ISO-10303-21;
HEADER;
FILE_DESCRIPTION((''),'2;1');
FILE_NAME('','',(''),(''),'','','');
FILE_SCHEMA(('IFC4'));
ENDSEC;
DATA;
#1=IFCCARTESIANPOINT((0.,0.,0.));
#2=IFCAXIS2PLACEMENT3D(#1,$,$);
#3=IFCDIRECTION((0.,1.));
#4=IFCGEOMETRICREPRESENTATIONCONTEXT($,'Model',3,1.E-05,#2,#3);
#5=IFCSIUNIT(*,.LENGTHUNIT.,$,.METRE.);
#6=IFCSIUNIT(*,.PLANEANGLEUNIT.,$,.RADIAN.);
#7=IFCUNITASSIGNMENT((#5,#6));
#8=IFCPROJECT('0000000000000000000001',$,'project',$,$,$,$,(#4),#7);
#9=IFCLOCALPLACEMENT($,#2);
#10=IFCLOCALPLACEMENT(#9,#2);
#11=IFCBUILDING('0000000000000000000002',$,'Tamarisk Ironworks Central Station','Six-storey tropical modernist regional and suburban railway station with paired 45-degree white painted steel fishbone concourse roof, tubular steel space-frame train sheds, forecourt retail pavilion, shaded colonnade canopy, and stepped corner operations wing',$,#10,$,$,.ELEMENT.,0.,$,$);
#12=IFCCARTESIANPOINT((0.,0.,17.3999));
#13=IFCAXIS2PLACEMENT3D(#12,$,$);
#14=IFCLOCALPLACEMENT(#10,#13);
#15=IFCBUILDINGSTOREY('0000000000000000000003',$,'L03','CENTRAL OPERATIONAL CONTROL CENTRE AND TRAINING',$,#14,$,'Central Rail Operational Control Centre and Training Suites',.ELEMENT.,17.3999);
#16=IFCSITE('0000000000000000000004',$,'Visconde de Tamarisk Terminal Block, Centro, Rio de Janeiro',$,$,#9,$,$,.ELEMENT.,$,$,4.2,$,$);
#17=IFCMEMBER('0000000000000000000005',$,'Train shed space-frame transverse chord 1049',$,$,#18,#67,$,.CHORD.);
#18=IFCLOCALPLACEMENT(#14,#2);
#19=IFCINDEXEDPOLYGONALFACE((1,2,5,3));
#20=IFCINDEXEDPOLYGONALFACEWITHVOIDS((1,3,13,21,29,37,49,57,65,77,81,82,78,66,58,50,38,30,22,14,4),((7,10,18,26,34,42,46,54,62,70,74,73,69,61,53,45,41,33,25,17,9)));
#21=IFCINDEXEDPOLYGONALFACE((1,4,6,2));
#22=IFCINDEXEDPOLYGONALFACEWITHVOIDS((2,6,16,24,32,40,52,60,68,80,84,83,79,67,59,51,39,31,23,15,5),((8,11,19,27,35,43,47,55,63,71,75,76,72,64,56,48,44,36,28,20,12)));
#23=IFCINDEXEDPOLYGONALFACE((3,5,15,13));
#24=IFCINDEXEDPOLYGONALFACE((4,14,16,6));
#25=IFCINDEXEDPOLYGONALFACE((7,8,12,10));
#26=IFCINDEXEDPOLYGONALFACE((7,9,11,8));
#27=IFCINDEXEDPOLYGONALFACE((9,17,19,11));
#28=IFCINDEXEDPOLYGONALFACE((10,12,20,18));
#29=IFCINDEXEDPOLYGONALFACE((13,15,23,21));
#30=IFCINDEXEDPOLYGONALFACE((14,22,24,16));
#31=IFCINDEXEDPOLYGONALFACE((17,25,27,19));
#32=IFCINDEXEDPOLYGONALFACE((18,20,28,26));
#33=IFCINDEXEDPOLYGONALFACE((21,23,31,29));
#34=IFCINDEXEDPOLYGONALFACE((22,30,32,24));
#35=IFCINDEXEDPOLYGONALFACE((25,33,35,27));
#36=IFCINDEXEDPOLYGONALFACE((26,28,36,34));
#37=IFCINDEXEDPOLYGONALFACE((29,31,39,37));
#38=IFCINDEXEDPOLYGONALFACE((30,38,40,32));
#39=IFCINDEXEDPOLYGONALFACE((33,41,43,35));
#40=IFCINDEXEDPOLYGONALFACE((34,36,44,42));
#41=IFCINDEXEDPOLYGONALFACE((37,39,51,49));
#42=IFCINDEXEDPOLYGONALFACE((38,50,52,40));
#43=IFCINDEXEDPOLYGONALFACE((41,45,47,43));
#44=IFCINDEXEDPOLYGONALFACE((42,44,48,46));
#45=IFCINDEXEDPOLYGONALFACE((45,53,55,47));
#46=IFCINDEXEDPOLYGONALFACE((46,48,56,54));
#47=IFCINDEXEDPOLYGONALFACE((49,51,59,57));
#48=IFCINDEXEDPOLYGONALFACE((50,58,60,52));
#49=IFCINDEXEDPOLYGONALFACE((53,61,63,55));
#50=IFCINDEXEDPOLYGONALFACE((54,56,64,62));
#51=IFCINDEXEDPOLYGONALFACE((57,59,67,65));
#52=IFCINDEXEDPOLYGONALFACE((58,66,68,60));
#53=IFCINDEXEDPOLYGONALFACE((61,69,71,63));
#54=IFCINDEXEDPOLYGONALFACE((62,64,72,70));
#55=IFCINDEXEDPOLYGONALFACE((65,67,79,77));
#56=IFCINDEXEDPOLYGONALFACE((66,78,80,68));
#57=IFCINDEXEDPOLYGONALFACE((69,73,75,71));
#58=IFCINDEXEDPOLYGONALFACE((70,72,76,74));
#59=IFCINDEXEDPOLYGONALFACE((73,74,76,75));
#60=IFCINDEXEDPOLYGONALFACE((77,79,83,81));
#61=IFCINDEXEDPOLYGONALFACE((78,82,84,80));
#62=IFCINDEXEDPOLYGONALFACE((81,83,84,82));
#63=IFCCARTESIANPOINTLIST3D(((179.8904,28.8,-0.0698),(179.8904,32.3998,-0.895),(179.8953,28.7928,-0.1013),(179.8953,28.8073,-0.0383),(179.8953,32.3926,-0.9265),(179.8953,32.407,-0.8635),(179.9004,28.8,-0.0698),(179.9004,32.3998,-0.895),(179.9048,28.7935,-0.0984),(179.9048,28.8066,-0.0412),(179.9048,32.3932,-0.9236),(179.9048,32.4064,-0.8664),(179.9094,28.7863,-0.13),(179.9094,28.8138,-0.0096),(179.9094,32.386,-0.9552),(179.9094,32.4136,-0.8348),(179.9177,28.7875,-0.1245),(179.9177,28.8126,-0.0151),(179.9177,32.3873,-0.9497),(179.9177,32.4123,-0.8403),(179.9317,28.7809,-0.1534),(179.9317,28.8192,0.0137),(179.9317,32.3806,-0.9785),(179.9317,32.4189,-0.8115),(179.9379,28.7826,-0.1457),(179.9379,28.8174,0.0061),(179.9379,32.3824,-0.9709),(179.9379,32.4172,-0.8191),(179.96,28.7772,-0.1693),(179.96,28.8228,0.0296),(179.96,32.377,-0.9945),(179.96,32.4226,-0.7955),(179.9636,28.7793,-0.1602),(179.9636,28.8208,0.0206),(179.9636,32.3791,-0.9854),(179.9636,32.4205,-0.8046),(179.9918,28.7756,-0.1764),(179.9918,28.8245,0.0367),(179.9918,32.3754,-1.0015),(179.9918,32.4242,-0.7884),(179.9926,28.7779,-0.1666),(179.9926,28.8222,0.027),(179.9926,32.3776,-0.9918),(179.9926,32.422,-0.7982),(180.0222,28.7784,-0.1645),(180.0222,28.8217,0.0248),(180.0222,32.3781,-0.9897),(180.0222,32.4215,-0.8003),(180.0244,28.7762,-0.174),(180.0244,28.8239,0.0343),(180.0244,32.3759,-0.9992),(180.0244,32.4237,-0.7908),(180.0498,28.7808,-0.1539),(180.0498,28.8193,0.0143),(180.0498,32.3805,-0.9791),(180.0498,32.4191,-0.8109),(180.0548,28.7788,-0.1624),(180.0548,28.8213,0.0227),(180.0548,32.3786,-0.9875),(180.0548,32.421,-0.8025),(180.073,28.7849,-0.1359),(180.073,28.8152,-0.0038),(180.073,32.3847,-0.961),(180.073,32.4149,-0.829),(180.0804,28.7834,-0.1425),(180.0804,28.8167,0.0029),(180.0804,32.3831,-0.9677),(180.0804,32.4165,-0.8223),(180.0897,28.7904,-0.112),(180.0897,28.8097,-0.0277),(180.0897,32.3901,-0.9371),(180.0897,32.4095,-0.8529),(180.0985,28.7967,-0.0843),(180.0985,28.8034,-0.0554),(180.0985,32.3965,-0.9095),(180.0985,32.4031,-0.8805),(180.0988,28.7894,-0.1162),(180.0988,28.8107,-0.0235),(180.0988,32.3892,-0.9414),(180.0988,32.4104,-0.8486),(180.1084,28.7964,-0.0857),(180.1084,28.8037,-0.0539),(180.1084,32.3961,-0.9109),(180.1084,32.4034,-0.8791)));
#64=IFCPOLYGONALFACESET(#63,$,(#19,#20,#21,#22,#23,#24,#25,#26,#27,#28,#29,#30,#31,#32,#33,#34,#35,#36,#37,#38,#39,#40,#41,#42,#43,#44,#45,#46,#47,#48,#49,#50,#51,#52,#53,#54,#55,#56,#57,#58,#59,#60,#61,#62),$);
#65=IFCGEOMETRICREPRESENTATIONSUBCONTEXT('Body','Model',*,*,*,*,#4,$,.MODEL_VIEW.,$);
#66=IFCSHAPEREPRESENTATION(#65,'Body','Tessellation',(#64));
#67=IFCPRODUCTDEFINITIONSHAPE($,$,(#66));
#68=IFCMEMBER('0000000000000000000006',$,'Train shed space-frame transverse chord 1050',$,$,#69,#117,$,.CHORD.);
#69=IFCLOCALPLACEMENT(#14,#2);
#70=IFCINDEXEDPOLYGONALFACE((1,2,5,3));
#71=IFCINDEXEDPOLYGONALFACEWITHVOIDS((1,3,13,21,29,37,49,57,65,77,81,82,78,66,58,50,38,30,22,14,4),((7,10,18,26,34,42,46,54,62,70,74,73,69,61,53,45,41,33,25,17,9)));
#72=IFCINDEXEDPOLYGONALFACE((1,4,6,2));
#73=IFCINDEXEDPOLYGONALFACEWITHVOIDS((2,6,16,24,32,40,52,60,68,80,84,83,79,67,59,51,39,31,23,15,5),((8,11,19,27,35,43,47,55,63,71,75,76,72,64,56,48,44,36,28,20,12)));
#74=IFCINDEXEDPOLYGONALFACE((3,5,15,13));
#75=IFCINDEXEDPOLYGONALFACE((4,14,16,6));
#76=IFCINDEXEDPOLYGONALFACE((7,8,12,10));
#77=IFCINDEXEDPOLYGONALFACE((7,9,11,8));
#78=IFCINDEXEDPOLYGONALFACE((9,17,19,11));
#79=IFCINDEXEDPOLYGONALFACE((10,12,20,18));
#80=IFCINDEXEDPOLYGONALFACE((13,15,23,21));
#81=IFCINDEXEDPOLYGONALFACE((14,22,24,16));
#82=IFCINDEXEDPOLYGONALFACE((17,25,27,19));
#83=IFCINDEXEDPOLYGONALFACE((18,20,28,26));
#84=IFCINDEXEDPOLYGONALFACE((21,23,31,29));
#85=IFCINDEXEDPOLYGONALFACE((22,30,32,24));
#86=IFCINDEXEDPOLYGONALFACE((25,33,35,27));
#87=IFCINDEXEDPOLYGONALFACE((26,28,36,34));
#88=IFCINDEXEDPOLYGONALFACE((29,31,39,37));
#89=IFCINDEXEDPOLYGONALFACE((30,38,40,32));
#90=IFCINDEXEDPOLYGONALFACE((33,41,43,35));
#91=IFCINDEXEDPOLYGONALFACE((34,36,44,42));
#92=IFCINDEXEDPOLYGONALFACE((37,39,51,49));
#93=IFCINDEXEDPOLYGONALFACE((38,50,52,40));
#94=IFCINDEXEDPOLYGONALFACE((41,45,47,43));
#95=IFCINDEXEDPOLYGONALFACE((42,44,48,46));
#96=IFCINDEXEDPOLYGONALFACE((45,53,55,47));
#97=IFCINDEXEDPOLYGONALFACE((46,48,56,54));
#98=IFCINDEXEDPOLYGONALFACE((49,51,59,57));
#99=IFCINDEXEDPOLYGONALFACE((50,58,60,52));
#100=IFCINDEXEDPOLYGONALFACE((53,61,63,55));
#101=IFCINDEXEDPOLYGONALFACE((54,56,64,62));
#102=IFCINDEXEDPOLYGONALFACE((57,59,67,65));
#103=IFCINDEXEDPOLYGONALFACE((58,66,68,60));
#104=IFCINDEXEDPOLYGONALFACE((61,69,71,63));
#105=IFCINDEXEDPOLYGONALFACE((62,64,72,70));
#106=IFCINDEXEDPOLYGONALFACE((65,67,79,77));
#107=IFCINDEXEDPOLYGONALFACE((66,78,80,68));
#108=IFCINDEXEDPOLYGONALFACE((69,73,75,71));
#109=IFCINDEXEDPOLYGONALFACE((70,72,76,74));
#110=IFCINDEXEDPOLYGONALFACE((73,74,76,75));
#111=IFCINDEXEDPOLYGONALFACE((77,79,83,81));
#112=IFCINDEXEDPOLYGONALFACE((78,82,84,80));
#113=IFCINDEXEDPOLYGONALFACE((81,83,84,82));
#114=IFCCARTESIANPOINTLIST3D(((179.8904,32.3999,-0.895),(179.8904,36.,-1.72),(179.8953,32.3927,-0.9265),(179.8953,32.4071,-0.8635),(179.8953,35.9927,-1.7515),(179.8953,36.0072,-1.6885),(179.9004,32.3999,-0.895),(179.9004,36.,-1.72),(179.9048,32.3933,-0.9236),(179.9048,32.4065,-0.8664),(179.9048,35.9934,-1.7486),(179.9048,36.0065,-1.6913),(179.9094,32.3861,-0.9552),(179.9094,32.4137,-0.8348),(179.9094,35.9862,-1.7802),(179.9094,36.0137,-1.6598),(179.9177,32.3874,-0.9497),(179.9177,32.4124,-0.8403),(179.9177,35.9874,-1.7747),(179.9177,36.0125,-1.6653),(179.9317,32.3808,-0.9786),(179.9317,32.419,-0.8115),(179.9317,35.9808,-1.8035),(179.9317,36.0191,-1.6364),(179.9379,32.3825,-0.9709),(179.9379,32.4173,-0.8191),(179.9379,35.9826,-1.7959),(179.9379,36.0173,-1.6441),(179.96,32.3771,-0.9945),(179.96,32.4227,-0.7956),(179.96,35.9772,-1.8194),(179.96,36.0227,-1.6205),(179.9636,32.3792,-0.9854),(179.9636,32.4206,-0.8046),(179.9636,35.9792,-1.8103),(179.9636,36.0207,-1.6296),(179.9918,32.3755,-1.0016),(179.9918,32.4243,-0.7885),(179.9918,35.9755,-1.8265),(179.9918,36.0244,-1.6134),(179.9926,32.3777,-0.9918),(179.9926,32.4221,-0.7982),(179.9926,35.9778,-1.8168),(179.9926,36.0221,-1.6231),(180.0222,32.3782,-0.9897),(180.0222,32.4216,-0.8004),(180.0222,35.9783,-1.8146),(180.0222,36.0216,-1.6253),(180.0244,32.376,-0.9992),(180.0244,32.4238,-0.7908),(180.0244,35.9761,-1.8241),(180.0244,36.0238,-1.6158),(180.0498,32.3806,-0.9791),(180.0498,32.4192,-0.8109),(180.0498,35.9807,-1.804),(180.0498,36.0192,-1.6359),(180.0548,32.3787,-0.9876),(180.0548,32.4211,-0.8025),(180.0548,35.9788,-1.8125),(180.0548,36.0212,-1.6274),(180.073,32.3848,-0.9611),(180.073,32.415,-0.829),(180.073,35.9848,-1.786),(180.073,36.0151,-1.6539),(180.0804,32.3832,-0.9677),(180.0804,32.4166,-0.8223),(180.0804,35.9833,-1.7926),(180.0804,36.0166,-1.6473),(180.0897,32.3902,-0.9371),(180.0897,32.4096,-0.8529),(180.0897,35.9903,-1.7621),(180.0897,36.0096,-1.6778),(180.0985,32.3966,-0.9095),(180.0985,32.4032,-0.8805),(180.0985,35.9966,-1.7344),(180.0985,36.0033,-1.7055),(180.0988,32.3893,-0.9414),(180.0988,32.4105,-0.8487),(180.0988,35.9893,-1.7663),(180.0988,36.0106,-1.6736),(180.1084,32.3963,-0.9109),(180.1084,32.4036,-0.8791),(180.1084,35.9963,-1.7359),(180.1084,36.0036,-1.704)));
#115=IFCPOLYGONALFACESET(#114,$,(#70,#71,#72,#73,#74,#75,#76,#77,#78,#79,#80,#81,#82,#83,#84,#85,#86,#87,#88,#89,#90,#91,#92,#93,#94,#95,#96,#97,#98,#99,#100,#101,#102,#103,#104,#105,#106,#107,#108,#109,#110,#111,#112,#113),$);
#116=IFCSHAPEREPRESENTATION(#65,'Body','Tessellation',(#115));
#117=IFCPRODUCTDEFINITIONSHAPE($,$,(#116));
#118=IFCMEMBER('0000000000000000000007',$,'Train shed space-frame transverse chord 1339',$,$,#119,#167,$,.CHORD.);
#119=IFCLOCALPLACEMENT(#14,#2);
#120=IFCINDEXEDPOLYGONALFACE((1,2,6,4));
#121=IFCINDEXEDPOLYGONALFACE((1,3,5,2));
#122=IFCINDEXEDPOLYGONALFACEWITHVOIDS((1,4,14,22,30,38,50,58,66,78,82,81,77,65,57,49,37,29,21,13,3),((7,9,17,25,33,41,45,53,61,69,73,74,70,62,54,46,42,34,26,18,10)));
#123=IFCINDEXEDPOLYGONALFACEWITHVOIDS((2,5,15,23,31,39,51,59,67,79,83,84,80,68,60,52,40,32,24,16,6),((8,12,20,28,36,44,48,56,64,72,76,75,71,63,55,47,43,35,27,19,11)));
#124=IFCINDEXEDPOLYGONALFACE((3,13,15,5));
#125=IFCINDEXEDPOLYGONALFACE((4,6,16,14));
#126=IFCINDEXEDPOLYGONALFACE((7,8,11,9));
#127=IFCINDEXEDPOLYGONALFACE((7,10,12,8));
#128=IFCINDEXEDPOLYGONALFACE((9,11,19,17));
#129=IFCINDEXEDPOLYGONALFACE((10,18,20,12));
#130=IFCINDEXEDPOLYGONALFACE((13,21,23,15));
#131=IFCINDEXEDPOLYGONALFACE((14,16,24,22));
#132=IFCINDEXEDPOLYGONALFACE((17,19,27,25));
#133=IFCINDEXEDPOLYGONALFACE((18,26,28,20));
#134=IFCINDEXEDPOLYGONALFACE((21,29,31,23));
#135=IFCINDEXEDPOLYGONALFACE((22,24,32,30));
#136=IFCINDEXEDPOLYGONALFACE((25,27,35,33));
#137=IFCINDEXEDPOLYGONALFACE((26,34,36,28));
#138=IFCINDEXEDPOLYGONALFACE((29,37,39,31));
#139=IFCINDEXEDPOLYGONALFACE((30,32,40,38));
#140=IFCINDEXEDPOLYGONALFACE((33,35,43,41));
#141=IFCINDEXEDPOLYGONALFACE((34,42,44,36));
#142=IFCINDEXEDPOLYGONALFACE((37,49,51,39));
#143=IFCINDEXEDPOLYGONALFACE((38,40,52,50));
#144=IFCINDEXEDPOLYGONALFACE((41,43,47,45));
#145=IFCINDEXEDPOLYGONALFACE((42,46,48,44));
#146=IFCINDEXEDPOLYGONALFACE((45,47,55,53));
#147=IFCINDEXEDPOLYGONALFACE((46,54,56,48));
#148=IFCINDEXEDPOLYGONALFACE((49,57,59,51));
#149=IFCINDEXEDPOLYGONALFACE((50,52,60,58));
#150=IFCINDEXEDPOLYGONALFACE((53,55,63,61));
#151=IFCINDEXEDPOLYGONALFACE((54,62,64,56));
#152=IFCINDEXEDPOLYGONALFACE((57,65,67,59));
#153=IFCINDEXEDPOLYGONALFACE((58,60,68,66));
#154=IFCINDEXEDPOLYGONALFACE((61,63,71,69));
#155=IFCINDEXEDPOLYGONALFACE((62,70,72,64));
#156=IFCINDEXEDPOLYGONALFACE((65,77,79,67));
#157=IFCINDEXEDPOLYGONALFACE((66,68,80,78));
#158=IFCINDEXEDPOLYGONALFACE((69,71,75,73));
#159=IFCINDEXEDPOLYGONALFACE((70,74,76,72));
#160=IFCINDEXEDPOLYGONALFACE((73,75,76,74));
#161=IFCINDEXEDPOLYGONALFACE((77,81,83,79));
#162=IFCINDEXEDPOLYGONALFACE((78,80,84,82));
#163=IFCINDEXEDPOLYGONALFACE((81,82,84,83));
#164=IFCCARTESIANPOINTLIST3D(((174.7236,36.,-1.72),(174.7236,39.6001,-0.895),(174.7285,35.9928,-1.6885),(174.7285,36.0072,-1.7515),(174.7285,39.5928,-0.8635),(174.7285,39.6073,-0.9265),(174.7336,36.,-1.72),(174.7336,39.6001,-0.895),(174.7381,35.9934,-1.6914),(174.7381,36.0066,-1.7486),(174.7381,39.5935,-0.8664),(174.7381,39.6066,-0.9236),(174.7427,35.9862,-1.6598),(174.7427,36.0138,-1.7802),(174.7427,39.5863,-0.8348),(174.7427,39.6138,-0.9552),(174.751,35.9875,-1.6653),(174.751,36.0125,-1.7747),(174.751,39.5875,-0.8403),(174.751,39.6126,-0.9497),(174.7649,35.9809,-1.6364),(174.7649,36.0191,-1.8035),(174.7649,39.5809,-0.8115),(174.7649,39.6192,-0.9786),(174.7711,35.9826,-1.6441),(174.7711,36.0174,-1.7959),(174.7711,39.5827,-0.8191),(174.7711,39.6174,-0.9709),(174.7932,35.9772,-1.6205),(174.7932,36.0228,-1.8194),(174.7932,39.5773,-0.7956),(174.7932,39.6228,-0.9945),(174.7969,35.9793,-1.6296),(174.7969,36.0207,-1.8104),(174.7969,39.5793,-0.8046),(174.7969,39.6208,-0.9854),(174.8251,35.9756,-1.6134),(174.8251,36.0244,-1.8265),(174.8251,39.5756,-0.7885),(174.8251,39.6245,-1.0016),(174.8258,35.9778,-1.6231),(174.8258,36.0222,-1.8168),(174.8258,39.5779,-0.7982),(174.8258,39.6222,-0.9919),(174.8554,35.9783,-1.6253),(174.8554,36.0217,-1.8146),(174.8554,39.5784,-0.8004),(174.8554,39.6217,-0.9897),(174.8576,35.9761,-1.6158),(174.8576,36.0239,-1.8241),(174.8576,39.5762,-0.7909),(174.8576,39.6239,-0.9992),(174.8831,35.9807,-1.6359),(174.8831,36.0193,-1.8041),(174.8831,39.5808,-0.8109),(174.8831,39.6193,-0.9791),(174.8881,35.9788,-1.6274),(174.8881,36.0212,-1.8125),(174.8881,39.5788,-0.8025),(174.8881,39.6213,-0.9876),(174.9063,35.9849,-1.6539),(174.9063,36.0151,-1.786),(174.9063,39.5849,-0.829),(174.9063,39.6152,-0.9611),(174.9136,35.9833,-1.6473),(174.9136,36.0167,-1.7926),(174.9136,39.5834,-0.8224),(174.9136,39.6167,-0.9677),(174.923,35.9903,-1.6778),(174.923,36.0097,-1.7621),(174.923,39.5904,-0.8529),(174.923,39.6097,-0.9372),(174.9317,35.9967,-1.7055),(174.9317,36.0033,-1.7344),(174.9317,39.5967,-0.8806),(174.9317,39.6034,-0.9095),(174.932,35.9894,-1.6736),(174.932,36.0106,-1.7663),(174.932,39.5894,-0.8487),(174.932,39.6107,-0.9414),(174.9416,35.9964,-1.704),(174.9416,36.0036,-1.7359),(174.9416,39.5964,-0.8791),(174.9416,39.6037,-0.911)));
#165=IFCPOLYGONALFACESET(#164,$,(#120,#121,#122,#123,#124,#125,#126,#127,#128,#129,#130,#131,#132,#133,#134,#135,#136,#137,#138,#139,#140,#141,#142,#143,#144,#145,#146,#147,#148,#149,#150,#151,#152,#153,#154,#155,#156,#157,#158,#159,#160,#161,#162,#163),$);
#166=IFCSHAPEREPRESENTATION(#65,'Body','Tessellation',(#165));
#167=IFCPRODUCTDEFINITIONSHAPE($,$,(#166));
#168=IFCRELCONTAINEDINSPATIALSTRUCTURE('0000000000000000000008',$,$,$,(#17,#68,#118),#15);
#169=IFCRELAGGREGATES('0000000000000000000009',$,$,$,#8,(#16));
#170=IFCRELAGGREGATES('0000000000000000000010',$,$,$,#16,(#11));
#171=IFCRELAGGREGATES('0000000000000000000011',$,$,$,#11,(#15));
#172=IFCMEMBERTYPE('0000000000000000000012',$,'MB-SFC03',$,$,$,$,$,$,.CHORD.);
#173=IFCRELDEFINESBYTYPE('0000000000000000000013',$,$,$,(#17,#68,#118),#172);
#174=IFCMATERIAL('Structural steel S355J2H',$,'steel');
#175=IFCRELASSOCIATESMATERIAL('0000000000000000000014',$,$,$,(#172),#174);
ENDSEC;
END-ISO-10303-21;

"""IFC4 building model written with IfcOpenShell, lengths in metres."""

from ifc_helpers import new_model, si_unit, direction, frame, origin, origin_2d, place, context, subcontext, project, spatial, hollow_circle, extrude, material, material_profile, profile_set, type_object, element, save


model = new_model("IFC4")

# Units and contexts
model_context = context("Model", 3, precision=1e-05, world=origin(), true_north=direction((0.0, 1.0)))
body_context = subcontext(model_context, "Body", "Model", "MODEL_VIEW")
ifc_project = project(units=[si_unit("LENGTHUNIT", "METRE"), si_unit("PLANEANGLEUNIT", "RADIAN")], contexts=[model_context])

# Site, building, storey
site_placement = place(None, origin())
site = spatial("IfcSite", under=ifc_project, at=site_placement, Name="Visconde de Tamarisk Terminal Block, Centro, Rio de Janeiro", CompositionType="ELEMENT", RefElevation=4.2)
building_placement = place(site_placement, origin())
building = spatial("IfcBuilding", under=site, at=building_placement, Name="Tamarisk Ironworks Central Station", Description="Six-storey tropical modernist regional and suburban railway station with paired 45-degree white painted steel fishbone concourse roof, tubular steel space-frame train sheds, forecourt retail pavilion, shaded colonnade canopy, and stepped corner operations wing", CompositionType="ELEMENT", ElevationOfRefHeight=0.0)
storey_placement = place(building_placement, frame((0.0, 0.0, 17.3999)))
storey = spatial("IfcBuildingStorey", under=building, at=storey_placement, Name="L03", Description="CENTRAL OPERATIONAL CONTROL CENTRE AND TRAINING", LongName="Central Rail Operational Control Centre and Training Suites", CompositionType="ELEMENT", Elevation=17.3999)

# Members
ifc_material_1 = material(Name="Structural steel S355J2H", Category="steel")
ifc_material_profile_1 = material_profile(ifc_material_1, hollow_circle(Radius=0.1096, WallThickness=0.01, at=origin_2d()), Name="CHS 219.1x10")
ifc_profile_set_1 = profile_set([ifc_material_profile_1], Name="Structural steel S355J2H")
member_type_1 = type_object("IfcMemberType", Name="MB-SFC03", PredefinedType="CHORD", material=ifc_profile_set_1)
member_1_placement = place(storey_placement, frame((180.0, 28.8, -0.0698), z_axis=(0.0, 0.974719, -0.223435), x_axis=(-1.0, 0.0, 0.0)))
element("IfcMember", 1, at=member_1_placement, inside=storey, type_object=member_type_1, Name="Train shed space-frame transverse chord 1049", PredefinedType="CHORD", context=body_context, shape_type="SweptSolid", body=[
    extrude(hollow_circle(Radius=0.1096, WallThickness=0.01, at=origin_2d()), origin(), (0.0, 0.0, 1.0), 3.6931),
])
for number, where, z_axis, x_axis, name in (
    (2, (180.0, 32.3999, -0.895), (0.0, 0.974737, -0.223358), (-1.0, 0.0, 0.0), "Train shed space-frame transverse chord 1050"),
    (3, (174.8333, 36.0, -1.72), (0.0, 0.974737, 0.223358), (-1.0, 0.0, 0.0), "Train shed space-frame transverse chord 1339"),
):
    element("IfcMember", number, at=place(storey_placement, frame(where, z_axis=z_axis, x_axis=x_axis)), inside=storey, type_object=member_type_1, Name=name, PredefinedType="CHORD", context=body_context, shape_type="SweptSolid", body=[
        extrude(hollow_circle(Radius=0.1096, WallThickness=0.01, at=origin_2d()), origin(), (0.0, 0.0, 1.0), 3.6934),
    ])

save(model, "model.ifc")
